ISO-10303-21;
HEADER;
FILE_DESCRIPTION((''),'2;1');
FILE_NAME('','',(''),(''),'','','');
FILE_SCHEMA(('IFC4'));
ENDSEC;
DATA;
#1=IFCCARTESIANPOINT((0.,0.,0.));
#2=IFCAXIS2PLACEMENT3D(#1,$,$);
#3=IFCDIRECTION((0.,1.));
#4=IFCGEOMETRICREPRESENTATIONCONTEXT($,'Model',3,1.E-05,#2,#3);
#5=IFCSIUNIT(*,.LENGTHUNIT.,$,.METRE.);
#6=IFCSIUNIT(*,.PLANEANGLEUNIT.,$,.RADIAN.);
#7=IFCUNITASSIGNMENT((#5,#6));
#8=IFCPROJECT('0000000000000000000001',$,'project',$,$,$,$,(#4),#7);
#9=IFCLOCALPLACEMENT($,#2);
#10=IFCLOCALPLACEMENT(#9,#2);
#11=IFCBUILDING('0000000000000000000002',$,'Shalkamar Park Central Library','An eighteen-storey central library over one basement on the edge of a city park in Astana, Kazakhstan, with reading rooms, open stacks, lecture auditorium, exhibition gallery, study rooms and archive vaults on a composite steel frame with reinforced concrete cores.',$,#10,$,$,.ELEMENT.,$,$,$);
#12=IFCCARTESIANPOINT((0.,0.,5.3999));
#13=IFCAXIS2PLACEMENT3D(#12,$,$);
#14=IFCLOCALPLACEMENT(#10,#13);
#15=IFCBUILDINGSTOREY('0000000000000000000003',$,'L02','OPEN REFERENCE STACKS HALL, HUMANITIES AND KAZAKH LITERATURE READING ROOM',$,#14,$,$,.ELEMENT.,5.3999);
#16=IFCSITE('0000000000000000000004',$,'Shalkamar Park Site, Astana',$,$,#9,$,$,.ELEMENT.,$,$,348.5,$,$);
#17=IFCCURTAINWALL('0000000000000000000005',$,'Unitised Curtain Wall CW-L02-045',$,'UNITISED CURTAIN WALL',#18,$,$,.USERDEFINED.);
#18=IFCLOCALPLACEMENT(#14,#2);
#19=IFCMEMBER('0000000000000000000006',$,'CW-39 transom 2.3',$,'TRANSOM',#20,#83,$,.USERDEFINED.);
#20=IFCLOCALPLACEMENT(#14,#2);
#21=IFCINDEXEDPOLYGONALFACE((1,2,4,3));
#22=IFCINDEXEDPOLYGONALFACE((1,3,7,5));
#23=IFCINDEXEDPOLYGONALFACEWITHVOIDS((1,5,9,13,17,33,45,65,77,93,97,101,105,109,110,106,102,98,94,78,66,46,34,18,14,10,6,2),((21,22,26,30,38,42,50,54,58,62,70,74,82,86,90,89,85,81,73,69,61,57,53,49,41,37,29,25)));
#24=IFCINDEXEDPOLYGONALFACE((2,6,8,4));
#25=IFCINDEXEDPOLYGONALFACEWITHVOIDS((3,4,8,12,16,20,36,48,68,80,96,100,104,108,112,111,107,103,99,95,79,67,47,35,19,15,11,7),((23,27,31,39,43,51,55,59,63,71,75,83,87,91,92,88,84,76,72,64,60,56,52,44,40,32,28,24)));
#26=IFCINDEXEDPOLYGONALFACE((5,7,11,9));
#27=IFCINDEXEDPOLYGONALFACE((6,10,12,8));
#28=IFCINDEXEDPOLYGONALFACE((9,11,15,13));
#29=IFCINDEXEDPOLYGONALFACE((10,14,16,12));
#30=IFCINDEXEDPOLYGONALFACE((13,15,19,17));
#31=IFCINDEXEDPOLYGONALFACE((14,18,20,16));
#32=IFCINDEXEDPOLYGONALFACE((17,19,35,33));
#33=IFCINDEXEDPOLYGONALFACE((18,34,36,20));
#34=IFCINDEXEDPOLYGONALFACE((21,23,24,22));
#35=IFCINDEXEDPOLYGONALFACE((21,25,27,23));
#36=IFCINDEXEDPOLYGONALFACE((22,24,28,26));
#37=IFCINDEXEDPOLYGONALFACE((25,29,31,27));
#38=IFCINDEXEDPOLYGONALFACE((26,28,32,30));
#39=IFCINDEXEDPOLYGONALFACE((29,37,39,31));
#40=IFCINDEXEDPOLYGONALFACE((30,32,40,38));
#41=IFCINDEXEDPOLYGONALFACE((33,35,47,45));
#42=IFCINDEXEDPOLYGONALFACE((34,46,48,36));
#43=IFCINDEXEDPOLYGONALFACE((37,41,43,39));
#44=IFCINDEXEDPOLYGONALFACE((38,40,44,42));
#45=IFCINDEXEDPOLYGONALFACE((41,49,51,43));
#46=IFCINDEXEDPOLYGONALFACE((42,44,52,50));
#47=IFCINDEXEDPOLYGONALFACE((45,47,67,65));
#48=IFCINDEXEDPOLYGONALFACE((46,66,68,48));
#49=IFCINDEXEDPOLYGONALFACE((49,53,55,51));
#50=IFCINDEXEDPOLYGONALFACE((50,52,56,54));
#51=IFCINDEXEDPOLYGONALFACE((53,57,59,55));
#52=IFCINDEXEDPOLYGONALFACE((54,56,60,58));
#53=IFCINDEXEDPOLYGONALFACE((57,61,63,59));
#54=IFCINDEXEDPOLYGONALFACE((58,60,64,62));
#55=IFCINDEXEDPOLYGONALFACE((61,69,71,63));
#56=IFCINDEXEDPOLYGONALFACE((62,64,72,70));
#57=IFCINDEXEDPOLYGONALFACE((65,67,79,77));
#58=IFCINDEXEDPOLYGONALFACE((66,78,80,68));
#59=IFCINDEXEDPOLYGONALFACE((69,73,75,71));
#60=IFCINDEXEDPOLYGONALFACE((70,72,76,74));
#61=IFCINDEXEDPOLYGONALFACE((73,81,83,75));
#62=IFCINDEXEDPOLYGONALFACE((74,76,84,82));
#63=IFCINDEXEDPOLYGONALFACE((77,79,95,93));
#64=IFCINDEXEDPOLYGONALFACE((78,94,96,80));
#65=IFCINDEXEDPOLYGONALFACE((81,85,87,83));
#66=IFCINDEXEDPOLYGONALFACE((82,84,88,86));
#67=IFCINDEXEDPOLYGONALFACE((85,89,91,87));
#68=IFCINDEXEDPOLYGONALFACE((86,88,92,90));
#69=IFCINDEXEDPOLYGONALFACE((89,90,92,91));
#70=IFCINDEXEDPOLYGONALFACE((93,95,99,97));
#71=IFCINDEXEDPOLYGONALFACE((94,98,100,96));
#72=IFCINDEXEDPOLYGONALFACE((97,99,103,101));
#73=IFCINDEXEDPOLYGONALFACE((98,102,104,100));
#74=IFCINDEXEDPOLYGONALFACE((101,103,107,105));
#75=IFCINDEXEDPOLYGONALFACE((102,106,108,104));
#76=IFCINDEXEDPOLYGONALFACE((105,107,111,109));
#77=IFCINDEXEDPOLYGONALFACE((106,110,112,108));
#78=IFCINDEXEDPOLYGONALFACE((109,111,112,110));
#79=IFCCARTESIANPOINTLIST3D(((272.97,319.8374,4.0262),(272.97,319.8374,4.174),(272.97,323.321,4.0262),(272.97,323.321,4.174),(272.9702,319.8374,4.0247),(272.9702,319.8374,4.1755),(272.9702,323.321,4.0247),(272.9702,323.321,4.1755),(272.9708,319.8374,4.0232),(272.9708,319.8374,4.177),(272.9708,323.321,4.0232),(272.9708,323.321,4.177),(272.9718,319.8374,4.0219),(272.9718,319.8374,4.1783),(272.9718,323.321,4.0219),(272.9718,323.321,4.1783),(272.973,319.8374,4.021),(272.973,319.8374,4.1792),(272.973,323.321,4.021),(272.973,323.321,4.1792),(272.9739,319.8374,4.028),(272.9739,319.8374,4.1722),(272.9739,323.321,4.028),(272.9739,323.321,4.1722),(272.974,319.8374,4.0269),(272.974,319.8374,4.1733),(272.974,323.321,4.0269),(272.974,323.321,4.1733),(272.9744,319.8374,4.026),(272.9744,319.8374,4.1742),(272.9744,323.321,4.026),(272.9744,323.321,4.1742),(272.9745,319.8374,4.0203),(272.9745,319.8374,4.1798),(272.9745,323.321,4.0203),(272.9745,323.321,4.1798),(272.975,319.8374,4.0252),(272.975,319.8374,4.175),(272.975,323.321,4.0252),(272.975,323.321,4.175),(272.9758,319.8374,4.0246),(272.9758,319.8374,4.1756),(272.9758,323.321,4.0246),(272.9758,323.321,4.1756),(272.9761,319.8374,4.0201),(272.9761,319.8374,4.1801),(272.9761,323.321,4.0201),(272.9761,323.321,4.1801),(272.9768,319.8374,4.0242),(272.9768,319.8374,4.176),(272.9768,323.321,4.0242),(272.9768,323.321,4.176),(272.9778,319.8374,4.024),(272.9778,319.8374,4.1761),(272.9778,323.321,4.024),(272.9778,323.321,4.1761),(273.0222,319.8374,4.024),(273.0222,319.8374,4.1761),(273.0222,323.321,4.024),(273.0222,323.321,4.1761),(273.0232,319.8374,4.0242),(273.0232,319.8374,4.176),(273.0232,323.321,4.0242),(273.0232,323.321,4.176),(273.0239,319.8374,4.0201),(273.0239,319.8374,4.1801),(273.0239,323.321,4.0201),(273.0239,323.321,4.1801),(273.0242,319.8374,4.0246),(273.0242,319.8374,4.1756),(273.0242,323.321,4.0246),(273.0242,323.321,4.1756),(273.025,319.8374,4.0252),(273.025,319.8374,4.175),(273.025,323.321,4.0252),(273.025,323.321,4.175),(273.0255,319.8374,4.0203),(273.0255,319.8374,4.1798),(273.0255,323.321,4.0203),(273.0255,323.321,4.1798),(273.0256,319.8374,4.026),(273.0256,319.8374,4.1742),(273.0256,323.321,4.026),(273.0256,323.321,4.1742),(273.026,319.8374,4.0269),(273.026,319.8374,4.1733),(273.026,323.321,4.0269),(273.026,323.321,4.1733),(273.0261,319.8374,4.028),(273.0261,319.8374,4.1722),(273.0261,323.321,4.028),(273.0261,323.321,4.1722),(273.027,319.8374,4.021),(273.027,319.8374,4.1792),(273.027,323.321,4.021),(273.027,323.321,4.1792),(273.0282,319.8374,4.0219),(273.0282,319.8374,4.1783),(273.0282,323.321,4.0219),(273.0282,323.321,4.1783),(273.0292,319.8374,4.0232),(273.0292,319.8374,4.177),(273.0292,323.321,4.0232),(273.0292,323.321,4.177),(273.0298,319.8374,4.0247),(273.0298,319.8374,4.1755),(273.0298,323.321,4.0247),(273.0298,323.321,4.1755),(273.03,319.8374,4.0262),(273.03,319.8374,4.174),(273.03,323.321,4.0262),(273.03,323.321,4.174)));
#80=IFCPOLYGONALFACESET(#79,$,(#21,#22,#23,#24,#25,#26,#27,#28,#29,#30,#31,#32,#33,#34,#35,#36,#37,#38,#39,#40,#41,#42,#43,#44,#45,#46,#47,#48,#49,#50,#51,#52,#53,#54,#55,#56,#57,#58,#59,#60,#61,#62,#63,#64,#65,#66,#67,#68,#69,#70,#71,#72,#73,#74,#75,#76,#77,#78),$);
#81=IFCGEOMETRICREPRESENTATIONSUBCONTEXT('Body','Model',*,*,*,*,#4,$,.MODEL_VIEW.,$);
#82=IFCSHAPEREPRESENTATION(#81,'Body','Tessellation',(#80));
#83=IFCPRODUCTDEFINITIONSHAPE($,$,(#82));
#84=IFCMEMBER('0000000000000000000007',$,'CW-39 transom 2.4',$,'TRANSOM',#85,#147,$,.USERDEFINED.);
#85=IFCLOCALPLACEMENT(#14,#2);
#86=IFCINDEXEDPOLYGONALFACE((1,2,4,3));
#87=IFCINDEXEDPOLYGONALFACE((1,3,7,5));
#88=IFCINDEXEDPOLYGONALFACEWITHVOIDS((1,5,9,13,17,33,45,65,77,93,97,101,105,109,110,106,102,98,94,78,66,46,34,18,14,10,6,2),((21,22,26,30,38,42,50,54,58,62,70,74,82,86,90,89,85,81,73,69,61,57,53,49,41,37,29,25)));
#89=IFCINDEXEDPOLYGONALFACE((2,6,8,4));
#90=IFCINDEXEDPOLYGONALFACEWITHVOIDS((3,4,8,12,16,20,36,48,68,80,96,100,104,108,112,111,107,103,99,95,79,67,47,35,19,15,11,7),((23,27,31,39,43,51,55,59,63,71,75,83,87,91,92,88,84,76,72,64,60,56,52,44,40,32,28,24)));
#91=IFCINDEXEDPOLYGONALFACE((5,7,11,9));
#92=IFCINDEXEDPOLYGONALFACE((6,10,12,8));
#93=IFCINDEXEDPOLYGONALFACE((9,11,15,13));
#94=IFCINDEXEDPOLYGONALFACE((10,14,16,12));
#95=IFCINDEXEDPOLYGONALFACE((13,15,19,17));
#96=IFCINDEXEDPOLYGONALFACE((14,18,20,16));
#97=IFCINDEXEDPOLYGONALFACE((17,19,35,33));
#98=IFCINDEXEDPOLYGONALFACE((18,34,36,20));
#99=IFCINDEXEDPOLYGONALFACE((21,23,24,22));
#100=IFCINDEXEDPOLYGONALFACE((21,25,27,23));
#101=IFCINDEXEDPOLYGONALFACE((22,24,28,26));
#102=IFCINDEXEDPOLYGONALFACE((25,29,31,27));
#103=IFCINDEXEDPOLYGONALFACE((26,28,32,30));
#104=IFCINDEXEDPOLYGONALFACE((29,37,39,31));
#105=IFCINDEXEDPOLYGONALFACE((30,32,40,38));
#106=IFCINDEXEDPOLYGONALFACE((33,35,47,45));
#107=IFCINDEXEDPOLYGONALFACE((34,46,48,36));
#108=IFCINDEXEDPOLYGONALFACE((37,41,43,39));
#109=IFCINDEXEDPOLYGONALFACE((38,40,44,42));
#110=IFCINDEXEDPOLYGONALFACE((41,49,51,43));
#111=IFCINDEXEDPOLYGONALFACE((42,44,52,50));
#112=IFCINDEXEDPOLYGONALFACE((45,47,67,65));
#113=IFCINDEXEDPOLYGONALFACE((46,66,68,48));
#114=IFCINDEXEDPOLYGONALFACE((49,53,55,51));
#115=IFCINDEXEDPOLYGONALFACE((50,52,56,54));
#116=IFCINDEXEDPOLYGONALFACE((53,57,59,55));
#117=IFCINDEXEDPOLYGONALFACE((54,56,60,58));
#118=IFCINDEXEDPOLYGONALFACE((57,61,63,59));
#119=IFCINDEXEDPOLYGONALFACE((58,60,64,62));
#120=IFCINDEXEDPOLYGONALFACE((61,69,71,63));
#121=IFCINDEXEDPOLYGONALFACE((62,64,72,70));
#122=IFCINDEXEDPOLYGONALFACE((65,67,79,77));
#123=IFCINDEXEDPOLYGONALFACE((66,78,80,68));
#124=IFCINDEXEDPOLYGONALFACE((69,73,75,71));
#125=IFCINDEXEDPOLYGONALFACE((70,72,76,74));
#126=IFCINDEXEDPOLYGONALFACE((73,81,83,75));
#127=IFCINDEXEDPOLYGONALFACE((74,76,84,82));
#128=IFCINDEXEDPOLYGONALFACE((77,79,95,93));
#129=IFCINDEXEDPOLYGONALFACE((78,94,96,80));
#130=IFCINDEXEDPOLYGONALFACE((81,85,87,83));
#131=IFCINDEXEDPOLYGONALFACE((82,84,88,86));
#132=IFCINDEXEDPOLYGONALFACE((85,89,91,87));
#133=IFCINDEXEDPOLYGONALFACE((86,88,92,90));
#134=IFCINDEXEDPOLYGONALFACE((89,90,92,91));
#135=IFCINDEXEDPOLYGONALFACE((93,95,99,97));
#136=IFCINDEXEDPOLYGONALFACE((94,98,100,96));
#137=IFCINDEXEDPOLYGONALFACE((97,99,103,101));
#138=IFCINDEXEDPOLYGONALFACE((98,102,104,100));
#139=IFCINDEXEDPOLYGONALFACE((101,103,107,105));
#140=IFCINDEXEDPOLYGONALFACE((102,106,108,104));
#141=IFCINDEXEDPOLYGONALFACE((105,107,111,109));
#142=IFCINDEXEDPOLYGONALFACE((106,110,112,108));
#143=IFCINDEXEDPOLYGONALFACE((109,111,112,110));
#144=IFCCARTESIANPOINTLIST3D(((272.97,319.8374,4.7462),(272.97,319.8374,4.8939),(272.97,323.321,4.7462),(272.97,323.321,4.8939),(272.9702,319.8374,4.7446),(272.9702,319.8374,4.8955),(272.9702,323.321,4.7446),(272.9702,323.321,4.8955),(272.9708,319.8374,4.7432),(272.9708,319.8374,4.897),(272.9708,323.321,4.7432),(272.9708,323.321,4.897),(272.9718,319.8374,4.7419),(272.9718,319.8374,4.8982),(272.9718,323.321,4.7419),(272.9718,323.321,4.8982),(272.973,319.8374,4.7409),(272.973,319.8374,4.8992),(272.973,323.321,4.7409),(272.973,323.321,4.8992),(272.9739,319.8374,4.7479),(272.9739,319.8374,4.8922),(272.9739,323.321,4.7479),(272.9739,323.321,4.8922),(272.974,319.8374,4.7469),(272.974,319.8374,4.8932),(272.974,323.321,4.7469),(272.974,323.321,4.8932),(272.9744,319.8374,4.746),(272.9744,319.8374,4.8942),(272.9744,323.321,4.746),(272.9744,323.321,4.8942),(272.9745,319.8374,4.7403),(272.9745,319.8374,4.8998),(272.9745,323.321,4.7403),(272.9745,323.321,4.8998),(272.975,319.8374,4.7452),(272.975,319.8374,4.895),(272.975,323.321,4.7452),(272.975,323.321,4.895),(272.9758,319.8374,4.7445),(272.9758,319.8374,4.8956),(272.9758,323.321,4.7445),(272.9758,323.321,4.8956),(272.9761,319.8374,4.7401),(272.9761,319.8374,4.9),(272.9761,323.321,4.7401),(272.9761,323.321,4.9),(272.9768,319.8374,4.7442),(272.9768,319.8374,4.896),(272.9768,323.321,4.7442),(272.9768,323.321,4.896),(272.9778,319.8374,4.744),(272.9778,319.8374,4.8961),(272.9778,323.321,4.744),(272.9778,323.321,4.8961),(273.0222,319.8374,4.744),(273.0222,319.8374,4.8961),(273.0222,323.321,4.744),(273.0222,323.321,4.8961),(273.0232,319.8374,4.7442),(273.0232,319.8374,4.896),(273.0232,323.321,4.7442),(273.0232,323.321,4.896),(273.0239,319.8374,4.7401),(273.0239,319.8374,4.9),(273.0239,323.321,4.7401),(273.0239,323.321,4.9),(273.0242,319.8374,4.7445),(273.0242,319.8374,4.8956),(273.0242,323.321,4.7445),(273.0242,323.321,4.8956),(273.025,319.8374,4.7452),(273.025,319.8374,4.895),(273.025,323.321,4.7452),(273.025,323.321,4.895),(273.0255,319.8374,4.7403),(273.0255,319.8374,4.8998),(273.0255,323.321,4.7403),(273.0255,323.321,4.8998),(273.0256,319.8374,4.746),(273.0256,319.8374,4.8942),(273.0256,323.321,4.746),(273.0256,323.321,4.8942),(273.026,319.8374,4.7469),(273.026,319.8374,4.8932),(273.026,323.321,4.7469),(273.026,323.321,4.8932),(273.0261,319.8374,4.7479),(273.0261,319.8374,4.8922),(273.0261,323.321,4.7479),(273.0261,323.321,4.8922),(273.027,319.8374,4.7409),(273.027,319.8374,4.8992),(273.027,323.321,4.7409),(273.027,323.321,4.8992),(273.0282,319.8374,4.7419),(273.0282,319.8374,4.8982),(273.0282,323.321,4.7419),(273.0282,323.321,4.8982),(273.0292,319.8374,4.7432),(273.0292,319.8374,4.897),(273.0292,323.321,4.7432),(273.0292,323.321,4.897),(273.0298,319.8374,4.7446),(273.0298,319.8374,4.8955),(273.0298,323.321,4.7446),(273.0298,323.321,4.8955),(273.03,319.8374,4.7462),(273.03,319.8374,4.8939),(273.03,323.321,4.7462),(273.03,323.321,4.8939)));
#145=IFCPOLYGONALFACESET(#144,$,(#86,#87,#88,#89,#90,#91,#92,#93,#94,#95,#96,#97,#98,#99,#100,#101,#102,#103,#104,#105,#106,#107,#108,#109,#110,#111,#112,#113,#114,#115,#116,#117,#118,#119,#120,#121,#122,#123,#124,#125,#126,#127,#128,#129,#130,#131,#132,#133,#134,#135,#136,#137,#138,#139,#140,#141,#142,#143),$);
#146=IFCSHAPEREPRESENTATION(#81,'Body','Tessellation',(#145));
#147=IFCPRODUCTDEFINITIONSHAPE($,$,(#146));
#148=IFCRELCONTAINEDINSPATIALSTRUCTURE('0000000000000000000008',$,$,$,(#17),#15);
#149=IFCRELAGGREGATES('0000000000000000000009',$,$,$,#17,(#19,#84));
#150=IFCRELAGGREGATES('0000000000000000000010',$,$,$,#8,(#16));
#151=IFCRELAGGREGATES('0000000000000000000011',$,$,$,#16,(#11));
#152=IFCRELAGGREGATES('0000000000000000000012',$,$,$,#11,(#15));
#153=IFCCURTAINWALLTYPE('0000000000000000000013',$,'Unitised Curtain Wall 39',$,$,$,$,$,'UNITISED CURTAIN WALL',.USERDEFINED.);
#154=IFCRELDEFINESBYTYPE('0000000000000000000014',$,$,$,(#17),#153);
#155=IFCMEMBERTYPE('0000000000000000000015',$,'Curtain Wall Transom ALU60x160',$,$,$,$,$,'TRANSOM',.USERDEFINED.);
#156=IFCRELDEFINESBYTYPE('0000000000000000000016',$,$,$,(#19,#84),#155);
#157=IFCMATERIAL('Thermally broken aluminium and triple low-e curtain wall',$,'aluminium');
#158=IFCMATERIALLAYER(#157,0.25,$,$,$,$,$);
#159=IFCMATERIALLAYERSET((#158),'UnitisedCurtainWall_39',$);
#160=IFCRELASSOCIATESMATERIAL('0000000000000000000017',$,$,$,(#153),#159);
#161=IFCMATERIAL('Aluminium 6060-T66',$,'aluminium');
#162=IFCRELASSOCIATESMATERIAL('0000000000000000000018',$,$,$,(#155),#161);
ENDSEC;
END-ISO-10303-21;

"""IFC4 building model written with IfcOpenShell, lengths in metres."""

from ifc_helpers import new_model, si_unit, direction, frame, origin, origin_2d, place, context, subcontext, project, spatial, hollow_rectangle, extrude, material, layer, layer_set, material_profile, profile_set, type_object, element, aggregate, save


model = new_model("IFC4")

# Units and contexts
model_context = context("Model", 3, precision=1e-05, world=origin(), true_north=direction((0.0, 1.0)))
body_context = subcontext(model_context, "Body", "Model", "MODEL_VIEW")
ifc_project = project(units=[si_unit("LENGTHUNIT", "METRE"), si_unit("PLANEANGLEUNIT", "RADIAN")], contexts=[model_context])

# Site, building, storey
site_placement = place(None, origin())
site = spatial("IfcSite", under=ifc_project, at=site_placement, Name="Shalkamar Park Site, Astana", CompositionType="ELEMENT", RefElevation=348.5)
building_placement = place(site_placement, origin())
building = spatial("IfcBuilding", under=site, at=building_placement, Name="Shalkamar Park Central Library", Description="An eighteen-storey central library over one basement on the edge of a city park in Astana, Kazakhstan, with reading rooms, open stacks, lecture auditorium, exhibition gallery, study rooms and archive vaults on a composite steel frame with reinforced concrete cores.", CompositionType="ELEMENT")
storey_placement = place(building_placement, frame((0.0, 0.0, 5.3999)))
storey = spatial("IfcBuildingStorey", under=building, at=storey_placement, Name="L02", Description="OPEN REFERENCE STACKS HALL, HUMANITIES AND KAZAKH LITERATURE READING ROOM", CompositionType="ELEMENT", Elevation=5.3999)

# Curtain wall, members
ifc_material_1 = material(Name="Thermally broken aluminium and triple low-e curtain wall", Category="aluminium")
ifc_layer_1 = layer(ifc_material_1, 0.25)
ifc_layer_set_1 = layer_set([ifc_layer_1], Name="UnitisedCurtainWall_39")
curtain_wall_type = type_object("IfcCurtainWallType", Name="Unitised Curtain Wall 39", ElementType="UNITISED CURTAIN WALL", PredefinedType="USERDEFINED", material=ifc_layer_set_1)
curtain_wall_placement = place(storey_placement, origin())
curtain_wall = element("IfcCurtainWall", 1, at=curtain_wall_placement, inside=storey, type_object=curtain_wall_type, Name="Unitised Curtain Wall CW-L02-045", ObjectType="UNITISED CURTAIN WALL", PredefinedType="USERDEFINED")
ifc_material_2 = material(Name="Aluminium 6060-T66", Category="aluminium")
ifc_material_profile_1 = material_profile(ifc_material_2, hollow_rectangle(XDim=0.0601, YDim=0.1599, WallThickness=0.0039, InnerFilletRadius=0.0039, OuterFilletRadius=0.0061, at=origin_2d()), Name="ALU 60x160x4")
ifc_profile_set_1 = profile_set([ifc_material_profile_1], Name="Aluminium 6060-T66")
member_type_1 = type_object("IfcMemberType", Name="Curtain Wall Transom ALU60x160", ElementType="TRANSOM", PredefinedType="USERDEFINED", material=ifc_profile_set_1)
member_1_placement = place(storey_placement, frame((273.0, 319.8374, 4.1001), z_axis=(0.0, 1.0, 0.0), x_axis=(-1.0, 0.0, 0.0)))
member_1 = element("IfcMember", 2, at=member_1_placement, type_object=member_type_1, Name="CW-39 transom 2.3", ObjectType="TRANSOM", PredefinedType="USERDEFINED", context=body_context, shape_type="SweptSolid", body=[
    extrude(hollow_rectangle(XDim=0.0601, YDim=0.1599, WallThickness=0.0039, InnerFilletRadius=0.0039, OuterFilletRadius=0.0061, at=origin_2d()), origin(), (0.0, 0.0, 1.0), 3.4836),
])
member_2_placement = place(storey_placement, frame((273.0, 319.8374, 4.8201), z_axis=(0.0, 1.0, 0.0), x_axis=(-1.0, 0.0, 0.0)))
member_2 = element("IfcMember", 3, at=member_2_placement, type_object=member_type_1, Name="CW-39 transom 2.4", ObjectType="TRANSOM", PredefinedType="USERDEFINED", context=body_context, shape_type="SweptSolid", body=[
    extrude(hollow_rectangle(XDim=0.0601, YDim=0.1599, WallThickness=0.0039, InnerFilletRadius=0.0039, OuterFilletRadius=0.0061, at=origin_2d()), origin(), (0.0, 0.0, 1.0), 3.4836),
])

aggregate(curtain_wall, [member_1, member_2])

save(model, "model.ifc")
